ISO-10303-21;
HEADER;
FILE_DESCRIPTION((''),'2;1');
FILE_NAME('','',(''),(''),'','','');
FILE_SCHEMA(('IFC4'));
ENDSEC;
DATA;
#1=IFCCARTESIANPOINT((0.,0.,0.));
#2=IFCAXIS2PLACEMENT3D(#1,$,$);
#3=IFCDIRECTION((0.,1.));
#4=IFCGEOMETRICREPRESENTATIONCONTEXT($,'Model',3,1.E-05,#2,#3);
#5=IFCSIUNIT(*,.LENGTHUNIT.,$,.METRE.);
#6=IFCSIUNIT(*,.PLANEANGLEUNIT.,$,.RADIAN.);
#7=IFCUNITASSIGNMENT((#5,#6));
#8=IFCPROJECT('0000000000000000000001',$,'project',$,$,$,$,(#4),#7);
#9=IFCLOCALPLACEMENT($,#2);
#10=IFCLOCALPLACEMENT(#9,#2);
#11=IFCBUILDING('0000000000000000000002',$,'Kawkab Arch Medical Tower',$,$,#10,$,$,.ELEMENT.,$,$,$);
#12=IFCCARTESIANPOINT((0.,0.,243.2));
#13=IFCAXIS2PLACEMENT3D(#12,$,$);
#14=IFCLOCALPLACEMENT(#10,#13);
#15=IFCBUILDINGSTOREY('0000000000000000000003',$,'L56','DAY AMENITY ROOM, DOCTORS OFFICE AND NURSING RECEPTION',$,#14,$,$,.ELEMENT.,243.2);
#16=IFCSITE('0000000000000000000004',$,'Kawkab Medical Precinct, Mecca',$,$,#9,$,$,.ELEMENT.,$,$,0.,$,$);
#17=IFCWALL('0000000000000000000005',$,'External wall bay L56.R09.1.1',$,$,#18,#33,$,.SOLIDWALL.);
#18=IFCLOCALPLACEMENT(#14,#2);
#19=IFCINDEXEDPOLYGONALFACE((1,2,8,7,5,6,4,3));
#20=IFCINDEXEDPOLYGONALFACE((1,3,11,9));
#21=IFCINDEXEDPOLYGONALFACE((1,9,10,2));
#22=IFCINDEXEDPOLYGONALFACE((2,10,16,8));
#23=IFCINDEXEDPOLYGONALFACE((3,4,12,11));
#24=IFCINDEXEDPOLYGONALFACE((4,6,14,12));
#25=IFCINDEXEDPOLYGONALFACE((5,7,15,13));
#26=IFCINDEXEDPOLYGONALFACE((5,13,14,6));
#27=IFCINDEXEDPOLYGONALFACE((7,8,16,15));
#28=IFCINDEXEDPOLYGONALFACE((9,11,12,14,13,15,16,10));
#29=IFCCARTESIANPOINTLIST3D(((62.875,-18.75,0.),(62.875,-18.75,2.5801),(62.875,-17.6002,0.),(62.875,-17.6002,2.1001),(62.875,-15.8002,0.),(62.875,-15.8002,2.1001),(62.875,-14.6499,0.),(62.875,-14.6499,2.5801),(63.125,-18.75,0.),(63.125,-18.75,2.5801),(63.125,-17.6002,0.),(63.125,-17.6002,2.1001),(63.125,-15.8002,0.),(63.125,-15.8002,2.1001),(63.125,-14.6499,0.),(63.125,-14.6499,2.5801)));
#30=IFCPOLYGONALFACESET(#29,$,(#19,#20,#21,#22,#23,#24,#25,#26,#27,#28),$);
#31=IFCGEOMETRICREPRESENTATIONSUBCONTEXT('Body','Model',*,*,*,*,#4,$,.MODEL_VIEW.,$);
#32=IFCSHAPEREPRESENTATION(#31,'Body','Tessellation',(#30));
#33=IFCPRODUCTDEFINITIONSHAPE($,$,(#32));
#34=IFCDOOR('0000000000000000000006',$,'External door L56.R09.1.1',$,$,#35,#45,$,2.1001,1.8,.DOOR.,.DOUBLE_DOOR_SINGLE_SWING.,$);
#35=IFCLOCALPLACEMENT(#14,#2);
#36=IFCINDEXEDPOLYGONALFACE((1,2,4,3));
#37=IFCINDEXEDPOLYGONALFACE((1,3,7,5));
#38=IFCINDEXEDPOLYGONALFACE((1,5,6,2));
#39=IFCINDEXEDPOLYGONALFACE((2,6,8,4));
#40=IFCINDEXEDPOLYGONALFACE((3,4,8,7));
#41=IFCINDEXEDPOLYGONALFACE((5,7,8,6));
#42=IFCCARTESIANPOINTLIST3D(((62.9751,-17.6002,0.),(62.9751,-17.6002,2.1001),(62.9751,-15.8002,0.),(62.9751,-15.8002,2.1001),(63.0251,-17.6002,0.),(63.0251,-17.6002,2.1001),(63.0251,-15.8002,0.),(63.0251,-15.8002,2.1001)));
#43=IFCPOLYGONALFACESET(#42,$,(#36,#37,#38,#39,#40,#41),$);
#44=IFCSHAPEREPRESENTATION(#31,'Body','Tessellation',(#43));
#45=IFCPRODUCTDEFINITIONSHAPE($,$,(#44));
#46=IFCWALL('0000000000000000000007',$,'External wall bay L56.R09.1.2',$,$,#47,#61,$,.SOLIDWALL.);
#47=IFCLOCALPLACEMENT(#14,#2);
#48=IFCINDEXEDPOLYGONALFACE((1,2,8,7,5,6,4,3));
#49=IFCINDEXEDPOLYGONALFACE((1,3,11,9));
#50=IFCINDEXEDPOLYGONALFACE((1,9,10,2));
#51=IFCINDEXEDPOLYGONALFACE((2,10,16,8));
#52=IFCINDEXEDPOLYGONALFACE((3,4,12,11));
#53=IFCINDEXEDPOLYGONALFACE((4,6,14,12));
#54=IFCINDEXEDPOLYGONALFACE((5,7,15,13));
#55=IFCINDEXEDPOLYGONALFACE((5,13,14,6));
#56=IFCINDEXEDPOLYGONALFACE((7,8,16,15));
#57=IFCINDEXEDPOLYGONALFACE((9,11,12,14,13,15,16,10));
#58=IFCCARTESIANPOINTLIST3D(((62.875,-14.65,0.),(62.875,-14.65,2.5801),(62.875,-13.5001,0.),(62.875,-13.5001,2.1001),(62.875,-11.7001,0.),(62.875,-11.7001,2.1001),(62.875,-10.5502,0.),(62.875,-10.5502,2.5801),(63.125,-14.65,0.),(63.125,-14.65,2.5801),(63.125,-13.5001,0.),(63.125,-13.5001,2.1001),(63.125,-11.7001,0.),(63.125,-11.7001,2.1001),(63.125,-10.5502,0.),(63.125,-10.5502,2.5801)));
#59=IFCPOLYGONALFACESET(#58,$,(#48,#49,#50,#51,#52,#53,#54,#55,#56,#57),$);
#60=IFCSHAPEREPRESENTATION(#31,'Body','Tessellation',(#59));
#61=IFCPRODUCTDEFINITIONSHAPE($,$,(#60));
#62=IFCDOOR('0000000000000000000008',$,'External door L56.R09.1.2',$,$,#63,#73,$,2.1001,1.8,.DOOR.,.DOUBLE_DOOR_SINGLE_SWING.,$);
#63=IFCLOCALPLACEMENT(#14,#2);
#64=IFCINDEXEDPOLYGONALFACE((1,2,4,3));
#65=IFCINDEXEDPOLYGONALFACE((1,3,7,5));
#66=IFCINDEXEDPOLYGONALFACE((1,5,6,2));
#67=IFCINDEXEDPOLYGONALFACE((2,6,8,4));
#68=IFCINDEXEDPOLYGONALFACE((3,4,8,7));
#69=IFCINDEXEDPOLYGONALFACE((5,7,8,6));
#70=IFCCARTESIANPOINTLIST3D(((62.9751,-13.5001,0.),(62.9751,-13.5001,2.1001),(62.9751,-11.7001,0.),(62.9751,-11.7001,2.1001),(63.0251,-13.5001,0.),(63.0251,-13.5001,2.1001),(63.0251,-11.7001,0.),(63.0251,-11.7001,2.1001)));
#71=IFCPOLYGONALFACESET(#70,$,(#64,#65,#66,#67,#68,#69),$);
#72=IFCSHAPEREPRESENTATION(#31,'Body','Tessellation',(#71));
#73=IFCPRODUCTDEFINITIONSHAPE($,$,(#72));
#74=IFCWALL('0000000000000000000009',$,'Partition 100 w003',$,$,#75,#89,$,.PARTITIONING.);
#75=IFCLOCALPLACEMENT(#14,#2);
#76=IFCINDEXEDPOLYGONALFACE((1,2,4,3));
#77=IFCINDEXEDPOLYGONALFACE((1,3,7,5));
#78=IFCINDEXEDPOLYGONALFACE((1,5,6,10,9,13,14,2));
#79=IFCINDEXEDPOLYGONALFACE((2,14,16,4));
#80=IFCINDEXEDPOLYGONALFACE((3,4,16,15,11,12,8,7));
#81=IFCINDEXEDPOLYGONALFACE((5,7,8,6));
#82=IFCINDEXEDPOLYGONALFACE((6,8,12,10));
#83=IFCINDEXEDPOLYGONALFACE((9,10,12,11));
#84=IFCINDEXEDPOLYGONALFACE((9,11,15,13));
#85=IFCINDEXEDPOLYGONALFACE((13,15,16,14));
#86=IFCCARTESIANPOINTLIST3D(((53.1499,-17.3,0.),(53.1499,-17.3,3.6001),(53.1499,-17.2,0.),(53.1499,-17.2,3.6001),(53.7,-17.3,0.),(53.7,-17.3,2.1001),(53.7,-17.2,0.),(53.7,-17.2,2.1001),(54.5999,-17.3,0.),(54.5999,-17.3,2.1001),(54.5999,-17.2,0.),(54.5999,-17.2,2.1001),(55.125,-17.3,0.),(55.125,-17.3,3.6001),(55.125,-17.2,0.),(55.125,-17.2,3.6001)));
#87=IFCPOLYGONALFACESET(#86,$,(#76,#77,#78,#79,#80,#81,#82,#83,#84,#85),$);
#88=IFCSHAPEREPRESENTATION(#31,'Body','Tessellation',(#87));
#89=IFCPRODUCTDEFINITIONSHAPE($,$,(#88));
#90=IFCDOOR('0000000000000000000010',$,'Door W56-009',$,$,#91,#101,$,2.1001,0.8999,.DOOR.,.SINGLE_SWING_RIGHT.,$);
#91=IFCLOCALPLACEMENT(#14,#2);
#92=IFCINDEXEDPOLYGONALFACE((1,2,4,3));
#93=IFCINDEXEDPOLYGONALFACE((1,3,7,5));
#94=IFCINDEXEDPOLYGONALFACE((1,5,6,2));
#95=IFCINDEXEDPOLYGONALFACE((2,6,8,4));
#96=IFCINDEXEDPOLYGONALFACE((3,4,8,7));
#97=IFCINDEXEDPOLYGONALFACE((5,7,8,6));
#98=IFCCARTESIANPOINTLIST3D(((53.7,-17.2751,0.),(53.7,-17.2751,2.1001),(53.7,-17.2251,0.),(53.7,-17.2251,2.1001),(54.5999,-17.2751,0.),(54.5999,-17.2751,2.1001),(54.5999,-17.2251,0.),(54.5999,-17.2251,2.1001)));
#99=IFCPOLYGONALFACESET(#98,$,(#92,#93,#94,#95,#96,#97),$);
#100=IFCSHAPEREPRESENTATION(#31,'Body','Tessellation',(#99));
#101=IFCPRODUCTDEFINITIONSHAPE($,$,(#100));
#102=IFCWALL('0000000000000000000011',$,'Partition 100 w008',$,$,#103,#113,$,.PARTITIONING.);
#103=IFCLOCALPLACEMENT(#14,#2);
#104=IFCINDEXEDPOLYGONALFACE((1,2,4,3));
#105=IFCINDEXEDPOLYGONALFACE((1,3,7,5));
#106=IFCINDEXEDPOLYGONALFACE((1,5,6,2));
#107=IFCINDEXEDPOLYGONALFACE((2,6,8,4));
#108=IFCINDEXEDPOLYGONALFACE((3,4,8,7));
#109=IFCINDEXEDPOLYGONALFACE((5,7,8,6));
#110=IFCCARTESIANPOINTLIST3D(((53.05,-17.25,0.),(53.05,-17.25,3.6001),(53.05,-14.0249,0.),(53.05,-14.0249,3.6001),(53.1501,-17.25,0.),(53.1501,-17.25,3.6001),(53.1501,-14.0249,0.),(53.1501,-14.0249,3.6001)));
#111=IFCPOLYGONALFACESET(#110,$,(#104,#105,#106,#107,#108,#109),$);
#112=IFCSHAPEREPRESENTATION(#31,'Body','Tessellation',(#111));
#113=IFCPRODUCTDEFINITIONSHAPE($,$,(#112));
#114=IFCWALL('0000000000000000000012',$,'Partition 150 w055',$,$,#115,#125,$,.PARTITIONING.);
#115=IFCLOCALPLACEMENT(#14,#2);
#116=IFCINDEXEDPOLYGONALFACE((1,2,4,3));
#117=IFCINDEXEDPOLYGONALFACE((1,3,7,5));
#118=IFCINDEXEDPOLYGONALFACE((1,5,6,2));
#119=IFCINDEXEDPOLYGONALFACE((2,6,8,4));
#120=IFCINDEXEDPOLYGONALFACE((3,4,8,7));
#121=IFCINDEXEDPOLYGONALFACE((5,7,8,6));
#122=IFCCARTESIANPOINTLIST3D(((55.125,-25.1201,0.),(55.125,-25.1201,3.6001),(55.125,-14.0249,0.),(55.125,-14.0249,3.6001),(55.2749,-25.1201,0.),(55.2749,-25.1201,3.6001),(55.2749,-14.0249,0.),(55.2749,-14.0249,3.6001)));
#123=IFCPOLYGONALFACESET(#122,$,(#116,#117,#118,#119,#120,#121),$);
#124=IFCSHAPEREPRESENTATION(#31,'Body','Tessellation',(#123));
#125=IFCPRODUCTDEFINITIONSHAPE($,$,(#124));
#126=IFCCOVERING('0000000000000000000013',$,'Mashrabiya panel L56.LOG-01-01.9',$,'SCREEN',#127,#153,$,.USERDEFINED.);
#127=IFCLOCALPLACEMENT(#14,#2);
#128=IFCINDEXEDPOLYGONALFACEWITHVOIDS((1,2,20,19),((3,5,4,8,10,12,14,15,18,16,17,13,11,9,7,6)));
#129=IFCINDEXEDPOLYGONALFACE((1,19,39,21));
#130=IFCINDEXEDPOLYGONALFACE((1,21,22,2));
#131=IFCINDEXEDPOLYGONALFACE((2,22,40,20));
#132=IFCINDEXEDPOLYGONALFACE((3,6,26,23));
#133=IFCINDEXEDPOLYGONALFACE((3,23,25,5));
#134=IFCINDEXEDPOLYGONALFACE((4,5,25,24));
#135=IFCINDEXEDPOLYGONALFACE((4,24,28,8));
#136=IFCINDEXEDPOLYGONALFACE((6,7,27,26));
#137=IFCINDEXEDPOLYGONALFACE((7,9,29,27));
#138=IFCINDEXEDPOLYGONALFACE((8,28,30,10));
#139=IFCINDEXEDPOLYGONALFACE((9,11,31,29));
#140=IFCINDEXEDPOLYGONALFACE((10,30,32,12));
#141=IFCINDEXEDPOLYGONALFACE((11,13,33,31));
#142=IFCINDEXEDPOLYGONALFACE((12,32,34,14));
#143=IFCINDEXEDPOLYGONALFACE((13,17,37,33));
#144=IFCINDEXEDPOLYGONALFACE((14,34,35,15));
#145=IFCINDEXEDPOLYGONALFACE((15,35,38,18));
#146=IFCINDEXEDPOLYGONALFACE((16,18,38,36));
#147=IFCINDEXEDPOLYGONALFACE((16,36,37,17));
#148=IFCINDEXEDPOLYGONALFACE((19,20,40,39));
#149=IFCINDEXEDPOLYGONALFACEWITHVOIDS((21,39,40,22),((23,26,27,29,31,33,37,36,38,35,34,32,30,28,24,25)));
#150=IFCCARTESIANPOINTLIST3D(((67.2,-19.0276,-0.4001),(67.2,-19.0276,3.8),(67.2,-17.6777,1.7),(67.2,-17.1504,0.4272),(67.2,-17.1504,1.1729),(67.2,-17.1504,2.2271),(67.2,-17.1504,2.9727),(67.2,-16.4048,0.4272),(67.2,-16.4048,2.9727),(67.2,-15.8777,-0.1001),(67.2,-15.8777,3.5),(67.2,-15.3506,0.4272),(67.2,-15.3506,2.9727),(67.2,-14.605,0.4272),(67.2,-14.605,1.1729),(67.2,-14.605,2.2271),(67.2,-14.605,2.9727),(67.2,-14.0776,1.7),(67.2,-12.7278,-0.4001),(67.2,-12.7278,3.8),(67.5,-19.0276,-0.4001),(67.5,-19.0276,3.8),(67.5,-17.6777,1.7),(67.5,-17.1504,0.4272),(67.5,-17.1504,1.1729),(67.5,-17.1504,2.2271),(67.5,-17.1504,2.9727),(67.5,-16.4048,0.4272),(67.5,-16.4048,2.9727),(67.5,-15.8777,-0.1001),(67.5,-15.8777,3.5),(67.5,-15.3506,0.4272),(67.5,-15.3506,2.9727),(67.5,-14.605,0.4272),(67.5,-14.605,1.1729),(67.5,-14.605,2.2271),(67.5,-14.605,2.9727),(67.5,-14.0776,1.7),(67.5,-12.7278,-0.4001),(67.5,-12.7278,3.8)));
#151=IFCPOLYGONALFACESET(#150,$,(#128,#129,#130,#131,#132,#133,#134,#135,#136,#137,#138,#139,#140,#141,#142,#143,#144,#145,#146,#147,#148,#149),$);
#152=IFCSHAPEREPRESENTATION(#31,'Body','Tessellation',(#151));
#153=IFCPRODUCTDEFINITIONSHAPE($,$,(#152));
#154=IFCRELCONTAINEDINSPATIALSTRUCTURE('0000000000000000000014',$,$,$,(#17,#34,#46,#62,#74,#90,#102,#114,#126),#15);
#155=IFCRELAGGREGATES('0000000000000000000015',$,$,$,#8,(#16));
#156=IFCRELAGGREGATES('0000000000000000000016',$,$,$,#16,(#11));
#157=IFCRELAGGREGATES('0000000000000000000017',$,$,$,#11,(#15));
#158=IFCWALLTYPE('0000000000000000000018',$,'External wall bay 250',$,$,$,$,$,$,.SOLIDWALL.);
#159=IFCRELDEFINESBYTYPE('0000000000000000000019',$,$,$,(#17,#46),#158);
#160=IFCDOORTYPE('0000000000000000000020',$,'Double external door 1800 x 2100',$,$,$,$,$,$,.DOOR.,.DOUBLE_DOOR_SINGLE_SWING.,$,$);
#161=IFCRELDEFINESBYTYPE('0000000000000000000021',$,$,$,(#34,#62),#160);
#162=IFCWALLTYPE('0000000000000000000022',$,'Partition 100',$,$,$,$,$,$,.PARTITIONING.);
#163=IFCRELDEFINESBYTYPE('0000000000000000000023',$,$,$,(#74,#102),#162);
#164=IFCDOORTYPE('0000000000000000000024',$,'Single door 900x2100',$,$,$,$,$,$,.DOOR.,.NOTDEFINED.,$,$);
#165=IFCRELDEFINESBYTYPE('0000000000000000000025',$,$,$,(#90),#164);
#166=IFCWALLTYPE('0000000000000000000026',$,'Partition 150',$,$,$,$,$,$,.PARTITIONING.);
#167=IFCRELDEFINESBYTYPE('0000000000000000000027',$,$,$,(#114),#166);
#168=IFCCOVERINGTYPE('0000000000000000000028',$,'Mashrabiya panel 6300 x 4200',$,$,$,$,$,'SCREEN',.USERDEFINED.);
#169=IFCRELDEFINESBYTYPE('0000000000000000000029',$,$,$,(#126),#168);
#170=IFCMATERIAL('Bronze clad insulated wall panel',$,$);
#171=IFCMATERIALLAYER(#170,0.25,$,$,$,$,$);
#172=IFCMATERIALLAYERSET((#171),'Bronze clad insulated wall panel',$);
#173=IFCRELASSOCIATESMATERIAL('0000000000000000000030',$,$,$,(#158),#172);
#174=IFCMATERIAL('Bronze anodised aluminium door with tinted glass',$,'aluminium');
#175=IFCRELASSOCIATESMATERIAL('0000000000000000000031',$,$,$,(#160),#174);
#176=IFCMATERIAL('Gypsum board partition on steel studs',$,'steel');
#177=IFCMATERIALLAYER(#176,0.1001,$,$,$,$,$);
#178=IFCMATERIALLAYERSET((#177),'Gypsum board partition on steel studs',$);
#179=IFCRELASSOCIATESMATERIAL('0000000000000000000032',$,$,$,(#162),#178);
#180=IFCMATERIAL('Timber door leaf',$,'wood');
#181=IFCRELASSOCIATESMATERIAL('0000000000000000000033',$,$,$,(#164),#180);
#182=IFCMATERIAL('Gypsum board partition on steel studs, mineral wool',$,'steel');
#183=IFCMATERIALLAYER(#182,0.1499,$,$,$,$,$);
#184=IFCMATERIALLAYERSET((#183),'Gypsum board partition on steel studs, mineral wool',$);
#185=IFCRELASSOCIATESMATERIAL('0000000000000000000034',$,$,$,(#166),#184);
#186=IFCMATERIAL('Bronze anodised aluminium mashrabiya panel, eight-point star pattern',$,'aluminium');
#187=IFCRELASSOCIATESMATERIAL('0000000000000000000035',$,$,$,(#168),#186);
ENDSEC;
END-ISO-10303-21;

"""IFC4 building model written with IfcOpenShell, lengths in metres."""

from ifc_helpers import new_model, si_unit, direction, frame, frame_2d, origin, place, context, subcontext, project, spatial, polyline, rectangle, outline, extrude, material, layer, layer_set, material_profile, profile_set, type_object, element, fill, save


model = new_model("IFC4")

# Units and contexts
model_context = context("Model", 3, precision=1e-05, world=origin(), true_north=direction((0.0, 1.0)))
body_context = subcontext(model_context, "Body", "Model", "MODEL_VIEW")
ifc_project = project(units=[si_unit("LENGTHUNIT", "METRE"), si_unit("PLANEANGLEUNIT", "RADIAN")], contexts=[model_context])

# Site, building, storey
site_placement = place(None, origin())
site = spatial("IfcSite", under=ifc_project, at=site_placement, Name="Kawkab Medical Precinct, Mecca", CompositionType="ELEMENT", RefElevation=0.0)
building_placement = place(site_placement, origin())
building = spatial("IfcBuilding", under=site, at=building_placement, Name="Kawkab Arch Medical Tower", CompositionType="ELEMENT")
storey_placement = place(building_placement, frame((0.0, 0.0, 243.2)))
storey = spatial("IfcBuildingStorey", under=building, at=storey_placement, Name="L56", Description="DAY AMENITY ROOM, DOCTORS OFFICE AND NURSING RECEPTION", CompositionType="ELEMENT", Elevation=243.2)

# Walls, openings, doors
ifc_material_1 = material(Name="Bronze clad insulated wall panel")
ifc_layer_1 = layer(ifc_material_1, 0.25)
ifc_layer_set_1 = layer_set([ifc_layer_1], Name="Bronze clad insulated wall panel")
wall_type_1 = type_object("IfcWallType", Name="External wall bay 250", PredefinedType="SOLIDWALL", material=ifc_layer_set_1)
wall_1_placement = place(storey_placement, frame((63.0, -18.75, 0.0), z_axis=(0.0, 0.0, 1.0), x_axis=(0.0, 1.0, 0.0)))
wall_1 = element("IfcWall", 1, at=wall_1_placement, inside=storey, type_object=wall_type_1, Name="External wall bay L56.R09.1.1", PredefinedType="SOLIDWALL", context=body_context, shape_type="SweptSolid", body=[
    extrude(rectangle(XDim=4.1001, YDim=0.25, at=frame_2d((2.05, 0.0))), origin(), (0.0, 0.0, 1.0), 2.5801),
])
opening_1_placement = place(wall_1_placement, frame((1.1499, 0.0, 0.0)))
opening_1 = element("IfcOpeningElement", 2, at=opening_1_placement, cuts=wall_1, PredefinedType="OPENING", context=body_context, shape_type="SweptSolid", body=[
    extrude(rectangle(XDim=1.8, YDim=2.1001, at=frame_2d((0.8999, 1.05))), frame((0.0, 0.135, 0.0), z_axis=(0.0, -1.0, 0.0), x_axis=(1.0, 0.0, 0.0)), (0.0, 0.0, 1.0), 0.27),
])
ifc_material_2 = material(Name="Bronze anodised aluminium door with tinted glass", Category="aluminium")
door_type_1 = type_object("IfcDoorType", Name="Double external door 1800 x 2100", OperationType="DOUBLE_DOOR_SINGLE_SWING", PredefinedType="DOOR", material=ifc_material_2)
door_1_placement = place(opening_1_placement, origin())
door_1 = element("IfcDoor", 3, at=door_1_placement, inside=storey, type_object=door_type_1, Name="External door L56.R09.1.1", OperationType="DOUBLE_DOOR_SINGLE_SWING", OverallHeight=2.1001, OverallWidth=1.8, PredefinedType="DOOR", context=body_context, shape_type="SweptSolid", body=[
    extrude(rectangle(XDim=1.8, YDim=2.1001, at=frame_2d((0.8999, 1.05))), frame((0.0, 0.0249, 0.0), z_axis=(0.0, -1.0, 0.0), x_axis=(1.0, 0.0, 0.0)), (0.0, 0.0, 1.0), 0.05),
])
fill(opening_1, door_1)
wall_2_placement = place(storey_placement, frame((63.0, -14.6499, 0.0), z_axis=(0.0, 0.0, 1.0), x_axis=(0.0, 1.0, 0.0)))
wall_2 = element("IfcWall", 4, at=wall_2_placement, inside=storey, type_object=wall_type_1, Name="External wall bay L56.R09.1.2", PredefinedType="SOLIDWALL", context=body_context, shape_type="SweptSolid", body=[
    extrude(rectangle(XDim=4.0999, YDim=0.25, at=frame_2d((2.0498, 0.0))), origin(), (0.0, 0.0, 1.0), 2.5801),
])
opening_2_placement = place(wall_2_placement, frame((1.1499, 0.0, 0.0)))
opening_2 = element("IfcOpeningElement", 5, at=opening_2_placement, cuts=wall_2, PredefinedType="OPENING", context=body_context, shape_type="SweptSolid", body=[
    extrude(rectangle(XDim=1.8, YDim=2.1001, at=frame_2d((0.8999, 1.05))), frame((0.0, 0.135, 0.0), z_axis=(0.0, -1.0, 0.0), x_axis=(1.0, 0.0, 0.0)), (0.0, 0.0, 1.0), 0.27),
])
door_2_placement = place(opening_2_placement, origin())
door_2 = element("IfcDoor", 6, at=door_2_placement, inside=storey, type_object=door_type_1, Name="External door L56.R09.1.2", OperationType="DOUBLE_DOOR_SINGLE_SWING", OverallHeight=2.1001, OverallWidth=1.8, PredefinedType="DOOR", context=body_context, shape_type="SweptSolid", body=[
    extrude(rectangle(XDim=1.8, YDim=2.1001, at=frame_2d((0.8999, 1.05))), frame((0.0, 0.0249, 0.0), z_axis=(0.0, -1.0, 0.0), x_axis=(1.0, 0.0, 0.0)), (0.0, 0.0, 1.0), 0.05),
])
fill(opening_2, door_2)
ifc_material_3 = material(Name="Gypsum board partition on steel studs", Category="steel")
ifc_layer_2 = layer(ifc_material_3, 0.1001)
ifc_layer_set_2 = layer_set([ifc_layer_2], Name="Gypsum board partition on steel studs")
wall_type_2 = type_object("IfcWallType", Name="Partition 100", PredefinedType="PARTITIONING", material=ifc_layer_set_2)
wall_3_placement = place(storey_placement, frame((53.1499, -17.25, 0.0), z_axis=(0.0, 0.0, 1.0), x_axis=(1.0, 0.0, 0.0)))
wall_3 = element("IfcWall", 7, at=wall_3_placement, inside=storey, type_object=wall_type_2, Name="Partition 100 w003", PredefinedType="PARTITIONING", context=body_context, shape_type="SweptSolid", body=[
    extrude(rectangle(XDim=1.9751, YDim=0.1001, at=frame_2d((0.9875, 0.0))), origin(), (0.0, 0.0, 1.0), 3.6001),
])
opening_3_placement = place(wall_3_placement, frame((0.55, 0.0, 0.0)))
opening_3 = element("IfcOpeningElement", 8, at=opening_3_placement, cuts=wall_3, PredefinedType="OPENING", context=body_context, shape_type="SweptSolid", body=[
    extrude(rectangle(XDim=0.8999, YDim=2.1001, at=frame_2d((0.45, 1.05))), frame((0.0, 0.0601, 0.0), z_axis=(0.0, -1.0, 0.0), x_axis=(1.0, 0.0, 0.0)), (0.0, 0.0, 1.0), 0.1201),
])
ifc_material_4 = material(Name="Timber door leaf", Category="wood")
door_type_2 = type_object("IfcDoorType", Name="Single door 900x2100", OperationType="NOTDEFINED", PredefinedType="DOOR", material=ifc_material_4)
door_3_placement = place(opening_3_placement, origin())
door_3 = element("IfcDoor", 9, at=door_3_placement, inside=storey, type_object=door_type_2, Name="Door W56-009", OperationType="SINGLE_SWING_RIGHT", OverallHeight=2.1001, OverallWidth=0.8999, PredefinedType="DOOR", context=body_context, shape_type="SweptSolid", body=[
    extrude(rectangle(XDim=0.8999, YDim=2.1001, at=frame_2d((0.45, 1.05))), frame((0.0, 0.0249, 0.0), z_axis=(0.0, -1.0, 0.0), x_axis=(1.0, 0.0, 0.0)), (0.0, 0.0, 1.0), 0.05),
])
fill(opening_3, door_3)

# Walls
wall_4_placement = place(storey_placement, frame((53.1001, -17.25, 0.0), z_axis=(0.0, 0.0, 1.0), x_axis=(0.0, 1.0, 0.0)))
element("IfcWall", 10, at=wall_4_placement, inside=storey, type_object=wall_type_2, Name="Partition 100 w008", PredefinedType="PARTITIONING", context=body_context, shape_type="SweptSolid", body=[
    extrude(rectangle(XDim=3.2251, YDim=0.1001, at=frame_2d((1.6125, 0.0))), origin(), (0.0, 0.0, 1.0), 3.6001),
])
ifc_material_5 = material(Name="Gypsum board partition on steel studs, mineral wool", Category="steel")
ifc_layer_3 = layer(ifc_material_5, 0.1499)
ifc_layer_set_3 = layer_set([ifc_layer_3], Name="Gypsum board partition on steel studs, mineral wool")
wall_type_3 = type_object("IfcWallType", Name="Partition 150", PredefinedType="PARTITIONING", material=ifc_layer_set_3)
wall_5_placement = place(storey_placement, frame((55.2, -25.1201, 0.0), z_axis=(0.0, 0.0, 1.0), x_axis=(0.0, 1.0, 0.0)))
element("IfcWall", 11, at=wall_5_placement, inside=storey, type_object=wall_type_3, Name="Partition 150 w055", PredefinedType="PARTITIONING", context=body_context, shape_type="SweptSolid", body=[
    extrude(rectangle(XDim=11.0952, YDim=0.1499, at=frame_2d((5.5476, 0.0))), origin(), (0.0, 0.0, 1.0), 3.6001),
])

# Covering
ifc_material_6 = material(Name="Bronze anodised aluminium mashrabiya panel, eight-point star pattern", Category="aluminium")
ifc_material_profile_1 = material_profile(ifc_material_6, outline(polyline([(-3.1499, -2.1001), (3.1499, -2.1001), (3.1499, 2.1001), (-3.1499, 2.1001), (-3.1499, -2.1001)]), holes=[polyline([(1.8, 0.0), (1.2727, 0.5271), (1.2727, 1.2727), (0.5271, 1.2727), (0.0, 1.8), (-0.5271, 1.2727), (-1.2727, 1.2727), (-1.2727, 0.5271), (-1.8, 0.0), (-1.2727, -0.5271), (-1.2727, -1.2727), (-0.5271, -1.2727), (0.0, -1.8), (0.5271, -1.2727), (1.2727, -1.2727), (1.2727, -0.5271), (1.8, 0.0)])]), Name="Mashrabiya panel 6300x4200")
ifc_profile_set_1 = profile_set([ifc_material_profile_1], Name="Bronze anodised aluminium mashrabiya panel, eight-point star pattern")
covering_type_1 = type_object("IfcCoveringType", Name="Mashrabiya panel 6300 x 4200", ElementType="SCREEN", PredefinedType="USERDEFINED", material=ifc_profile_set_1)
covering_1_placement = place(storey_placement, frame((67.2, -15.8777, 1.7), z_axis=(1.0, 0.0, 0.0), x_axis=(0.0, 1.0, 0.0)))
element("IfcCovering", 12, at=covering_1_placement, inside=storey, type_object=covering_type_1, Name="Mashrabiya panel L56.LOG-01-01.9", ObjectType="SCREEN", PredefinedType="USERDEFINED", context=body_context, shape_type="SweptSolid", body=[
    extrude(outline(polyline([(-3.1499, -2.1001), (3.1499, -2.1001), (3.1499, 2.1001), (-3.1499, 2.1001), (-3.1499, -2.1001)]), holes=[polyline([(1.8, 0.0), (1.2727, 0.5271), (1.2727, 1.2727), (0.5271, 1.2727), (0.0, 1.8), (-0.5271, 1.2727), (-1.2727, 1.2727), (-1.2727, 0.5271), (-1.8, 0.0), (-1.2727, -0.5271), (-1.2727, -1.2727), (-0.5271, -1.2727), (0.0, -1.8), (0.5271, -1.2727), (1.2727, -1.2727), (1.2727, -0.5271), (1.8, 0.0)])]), origin(), (0.0, 0.0, 1.0), 0.3),
])

save(model, "model.ifc")
